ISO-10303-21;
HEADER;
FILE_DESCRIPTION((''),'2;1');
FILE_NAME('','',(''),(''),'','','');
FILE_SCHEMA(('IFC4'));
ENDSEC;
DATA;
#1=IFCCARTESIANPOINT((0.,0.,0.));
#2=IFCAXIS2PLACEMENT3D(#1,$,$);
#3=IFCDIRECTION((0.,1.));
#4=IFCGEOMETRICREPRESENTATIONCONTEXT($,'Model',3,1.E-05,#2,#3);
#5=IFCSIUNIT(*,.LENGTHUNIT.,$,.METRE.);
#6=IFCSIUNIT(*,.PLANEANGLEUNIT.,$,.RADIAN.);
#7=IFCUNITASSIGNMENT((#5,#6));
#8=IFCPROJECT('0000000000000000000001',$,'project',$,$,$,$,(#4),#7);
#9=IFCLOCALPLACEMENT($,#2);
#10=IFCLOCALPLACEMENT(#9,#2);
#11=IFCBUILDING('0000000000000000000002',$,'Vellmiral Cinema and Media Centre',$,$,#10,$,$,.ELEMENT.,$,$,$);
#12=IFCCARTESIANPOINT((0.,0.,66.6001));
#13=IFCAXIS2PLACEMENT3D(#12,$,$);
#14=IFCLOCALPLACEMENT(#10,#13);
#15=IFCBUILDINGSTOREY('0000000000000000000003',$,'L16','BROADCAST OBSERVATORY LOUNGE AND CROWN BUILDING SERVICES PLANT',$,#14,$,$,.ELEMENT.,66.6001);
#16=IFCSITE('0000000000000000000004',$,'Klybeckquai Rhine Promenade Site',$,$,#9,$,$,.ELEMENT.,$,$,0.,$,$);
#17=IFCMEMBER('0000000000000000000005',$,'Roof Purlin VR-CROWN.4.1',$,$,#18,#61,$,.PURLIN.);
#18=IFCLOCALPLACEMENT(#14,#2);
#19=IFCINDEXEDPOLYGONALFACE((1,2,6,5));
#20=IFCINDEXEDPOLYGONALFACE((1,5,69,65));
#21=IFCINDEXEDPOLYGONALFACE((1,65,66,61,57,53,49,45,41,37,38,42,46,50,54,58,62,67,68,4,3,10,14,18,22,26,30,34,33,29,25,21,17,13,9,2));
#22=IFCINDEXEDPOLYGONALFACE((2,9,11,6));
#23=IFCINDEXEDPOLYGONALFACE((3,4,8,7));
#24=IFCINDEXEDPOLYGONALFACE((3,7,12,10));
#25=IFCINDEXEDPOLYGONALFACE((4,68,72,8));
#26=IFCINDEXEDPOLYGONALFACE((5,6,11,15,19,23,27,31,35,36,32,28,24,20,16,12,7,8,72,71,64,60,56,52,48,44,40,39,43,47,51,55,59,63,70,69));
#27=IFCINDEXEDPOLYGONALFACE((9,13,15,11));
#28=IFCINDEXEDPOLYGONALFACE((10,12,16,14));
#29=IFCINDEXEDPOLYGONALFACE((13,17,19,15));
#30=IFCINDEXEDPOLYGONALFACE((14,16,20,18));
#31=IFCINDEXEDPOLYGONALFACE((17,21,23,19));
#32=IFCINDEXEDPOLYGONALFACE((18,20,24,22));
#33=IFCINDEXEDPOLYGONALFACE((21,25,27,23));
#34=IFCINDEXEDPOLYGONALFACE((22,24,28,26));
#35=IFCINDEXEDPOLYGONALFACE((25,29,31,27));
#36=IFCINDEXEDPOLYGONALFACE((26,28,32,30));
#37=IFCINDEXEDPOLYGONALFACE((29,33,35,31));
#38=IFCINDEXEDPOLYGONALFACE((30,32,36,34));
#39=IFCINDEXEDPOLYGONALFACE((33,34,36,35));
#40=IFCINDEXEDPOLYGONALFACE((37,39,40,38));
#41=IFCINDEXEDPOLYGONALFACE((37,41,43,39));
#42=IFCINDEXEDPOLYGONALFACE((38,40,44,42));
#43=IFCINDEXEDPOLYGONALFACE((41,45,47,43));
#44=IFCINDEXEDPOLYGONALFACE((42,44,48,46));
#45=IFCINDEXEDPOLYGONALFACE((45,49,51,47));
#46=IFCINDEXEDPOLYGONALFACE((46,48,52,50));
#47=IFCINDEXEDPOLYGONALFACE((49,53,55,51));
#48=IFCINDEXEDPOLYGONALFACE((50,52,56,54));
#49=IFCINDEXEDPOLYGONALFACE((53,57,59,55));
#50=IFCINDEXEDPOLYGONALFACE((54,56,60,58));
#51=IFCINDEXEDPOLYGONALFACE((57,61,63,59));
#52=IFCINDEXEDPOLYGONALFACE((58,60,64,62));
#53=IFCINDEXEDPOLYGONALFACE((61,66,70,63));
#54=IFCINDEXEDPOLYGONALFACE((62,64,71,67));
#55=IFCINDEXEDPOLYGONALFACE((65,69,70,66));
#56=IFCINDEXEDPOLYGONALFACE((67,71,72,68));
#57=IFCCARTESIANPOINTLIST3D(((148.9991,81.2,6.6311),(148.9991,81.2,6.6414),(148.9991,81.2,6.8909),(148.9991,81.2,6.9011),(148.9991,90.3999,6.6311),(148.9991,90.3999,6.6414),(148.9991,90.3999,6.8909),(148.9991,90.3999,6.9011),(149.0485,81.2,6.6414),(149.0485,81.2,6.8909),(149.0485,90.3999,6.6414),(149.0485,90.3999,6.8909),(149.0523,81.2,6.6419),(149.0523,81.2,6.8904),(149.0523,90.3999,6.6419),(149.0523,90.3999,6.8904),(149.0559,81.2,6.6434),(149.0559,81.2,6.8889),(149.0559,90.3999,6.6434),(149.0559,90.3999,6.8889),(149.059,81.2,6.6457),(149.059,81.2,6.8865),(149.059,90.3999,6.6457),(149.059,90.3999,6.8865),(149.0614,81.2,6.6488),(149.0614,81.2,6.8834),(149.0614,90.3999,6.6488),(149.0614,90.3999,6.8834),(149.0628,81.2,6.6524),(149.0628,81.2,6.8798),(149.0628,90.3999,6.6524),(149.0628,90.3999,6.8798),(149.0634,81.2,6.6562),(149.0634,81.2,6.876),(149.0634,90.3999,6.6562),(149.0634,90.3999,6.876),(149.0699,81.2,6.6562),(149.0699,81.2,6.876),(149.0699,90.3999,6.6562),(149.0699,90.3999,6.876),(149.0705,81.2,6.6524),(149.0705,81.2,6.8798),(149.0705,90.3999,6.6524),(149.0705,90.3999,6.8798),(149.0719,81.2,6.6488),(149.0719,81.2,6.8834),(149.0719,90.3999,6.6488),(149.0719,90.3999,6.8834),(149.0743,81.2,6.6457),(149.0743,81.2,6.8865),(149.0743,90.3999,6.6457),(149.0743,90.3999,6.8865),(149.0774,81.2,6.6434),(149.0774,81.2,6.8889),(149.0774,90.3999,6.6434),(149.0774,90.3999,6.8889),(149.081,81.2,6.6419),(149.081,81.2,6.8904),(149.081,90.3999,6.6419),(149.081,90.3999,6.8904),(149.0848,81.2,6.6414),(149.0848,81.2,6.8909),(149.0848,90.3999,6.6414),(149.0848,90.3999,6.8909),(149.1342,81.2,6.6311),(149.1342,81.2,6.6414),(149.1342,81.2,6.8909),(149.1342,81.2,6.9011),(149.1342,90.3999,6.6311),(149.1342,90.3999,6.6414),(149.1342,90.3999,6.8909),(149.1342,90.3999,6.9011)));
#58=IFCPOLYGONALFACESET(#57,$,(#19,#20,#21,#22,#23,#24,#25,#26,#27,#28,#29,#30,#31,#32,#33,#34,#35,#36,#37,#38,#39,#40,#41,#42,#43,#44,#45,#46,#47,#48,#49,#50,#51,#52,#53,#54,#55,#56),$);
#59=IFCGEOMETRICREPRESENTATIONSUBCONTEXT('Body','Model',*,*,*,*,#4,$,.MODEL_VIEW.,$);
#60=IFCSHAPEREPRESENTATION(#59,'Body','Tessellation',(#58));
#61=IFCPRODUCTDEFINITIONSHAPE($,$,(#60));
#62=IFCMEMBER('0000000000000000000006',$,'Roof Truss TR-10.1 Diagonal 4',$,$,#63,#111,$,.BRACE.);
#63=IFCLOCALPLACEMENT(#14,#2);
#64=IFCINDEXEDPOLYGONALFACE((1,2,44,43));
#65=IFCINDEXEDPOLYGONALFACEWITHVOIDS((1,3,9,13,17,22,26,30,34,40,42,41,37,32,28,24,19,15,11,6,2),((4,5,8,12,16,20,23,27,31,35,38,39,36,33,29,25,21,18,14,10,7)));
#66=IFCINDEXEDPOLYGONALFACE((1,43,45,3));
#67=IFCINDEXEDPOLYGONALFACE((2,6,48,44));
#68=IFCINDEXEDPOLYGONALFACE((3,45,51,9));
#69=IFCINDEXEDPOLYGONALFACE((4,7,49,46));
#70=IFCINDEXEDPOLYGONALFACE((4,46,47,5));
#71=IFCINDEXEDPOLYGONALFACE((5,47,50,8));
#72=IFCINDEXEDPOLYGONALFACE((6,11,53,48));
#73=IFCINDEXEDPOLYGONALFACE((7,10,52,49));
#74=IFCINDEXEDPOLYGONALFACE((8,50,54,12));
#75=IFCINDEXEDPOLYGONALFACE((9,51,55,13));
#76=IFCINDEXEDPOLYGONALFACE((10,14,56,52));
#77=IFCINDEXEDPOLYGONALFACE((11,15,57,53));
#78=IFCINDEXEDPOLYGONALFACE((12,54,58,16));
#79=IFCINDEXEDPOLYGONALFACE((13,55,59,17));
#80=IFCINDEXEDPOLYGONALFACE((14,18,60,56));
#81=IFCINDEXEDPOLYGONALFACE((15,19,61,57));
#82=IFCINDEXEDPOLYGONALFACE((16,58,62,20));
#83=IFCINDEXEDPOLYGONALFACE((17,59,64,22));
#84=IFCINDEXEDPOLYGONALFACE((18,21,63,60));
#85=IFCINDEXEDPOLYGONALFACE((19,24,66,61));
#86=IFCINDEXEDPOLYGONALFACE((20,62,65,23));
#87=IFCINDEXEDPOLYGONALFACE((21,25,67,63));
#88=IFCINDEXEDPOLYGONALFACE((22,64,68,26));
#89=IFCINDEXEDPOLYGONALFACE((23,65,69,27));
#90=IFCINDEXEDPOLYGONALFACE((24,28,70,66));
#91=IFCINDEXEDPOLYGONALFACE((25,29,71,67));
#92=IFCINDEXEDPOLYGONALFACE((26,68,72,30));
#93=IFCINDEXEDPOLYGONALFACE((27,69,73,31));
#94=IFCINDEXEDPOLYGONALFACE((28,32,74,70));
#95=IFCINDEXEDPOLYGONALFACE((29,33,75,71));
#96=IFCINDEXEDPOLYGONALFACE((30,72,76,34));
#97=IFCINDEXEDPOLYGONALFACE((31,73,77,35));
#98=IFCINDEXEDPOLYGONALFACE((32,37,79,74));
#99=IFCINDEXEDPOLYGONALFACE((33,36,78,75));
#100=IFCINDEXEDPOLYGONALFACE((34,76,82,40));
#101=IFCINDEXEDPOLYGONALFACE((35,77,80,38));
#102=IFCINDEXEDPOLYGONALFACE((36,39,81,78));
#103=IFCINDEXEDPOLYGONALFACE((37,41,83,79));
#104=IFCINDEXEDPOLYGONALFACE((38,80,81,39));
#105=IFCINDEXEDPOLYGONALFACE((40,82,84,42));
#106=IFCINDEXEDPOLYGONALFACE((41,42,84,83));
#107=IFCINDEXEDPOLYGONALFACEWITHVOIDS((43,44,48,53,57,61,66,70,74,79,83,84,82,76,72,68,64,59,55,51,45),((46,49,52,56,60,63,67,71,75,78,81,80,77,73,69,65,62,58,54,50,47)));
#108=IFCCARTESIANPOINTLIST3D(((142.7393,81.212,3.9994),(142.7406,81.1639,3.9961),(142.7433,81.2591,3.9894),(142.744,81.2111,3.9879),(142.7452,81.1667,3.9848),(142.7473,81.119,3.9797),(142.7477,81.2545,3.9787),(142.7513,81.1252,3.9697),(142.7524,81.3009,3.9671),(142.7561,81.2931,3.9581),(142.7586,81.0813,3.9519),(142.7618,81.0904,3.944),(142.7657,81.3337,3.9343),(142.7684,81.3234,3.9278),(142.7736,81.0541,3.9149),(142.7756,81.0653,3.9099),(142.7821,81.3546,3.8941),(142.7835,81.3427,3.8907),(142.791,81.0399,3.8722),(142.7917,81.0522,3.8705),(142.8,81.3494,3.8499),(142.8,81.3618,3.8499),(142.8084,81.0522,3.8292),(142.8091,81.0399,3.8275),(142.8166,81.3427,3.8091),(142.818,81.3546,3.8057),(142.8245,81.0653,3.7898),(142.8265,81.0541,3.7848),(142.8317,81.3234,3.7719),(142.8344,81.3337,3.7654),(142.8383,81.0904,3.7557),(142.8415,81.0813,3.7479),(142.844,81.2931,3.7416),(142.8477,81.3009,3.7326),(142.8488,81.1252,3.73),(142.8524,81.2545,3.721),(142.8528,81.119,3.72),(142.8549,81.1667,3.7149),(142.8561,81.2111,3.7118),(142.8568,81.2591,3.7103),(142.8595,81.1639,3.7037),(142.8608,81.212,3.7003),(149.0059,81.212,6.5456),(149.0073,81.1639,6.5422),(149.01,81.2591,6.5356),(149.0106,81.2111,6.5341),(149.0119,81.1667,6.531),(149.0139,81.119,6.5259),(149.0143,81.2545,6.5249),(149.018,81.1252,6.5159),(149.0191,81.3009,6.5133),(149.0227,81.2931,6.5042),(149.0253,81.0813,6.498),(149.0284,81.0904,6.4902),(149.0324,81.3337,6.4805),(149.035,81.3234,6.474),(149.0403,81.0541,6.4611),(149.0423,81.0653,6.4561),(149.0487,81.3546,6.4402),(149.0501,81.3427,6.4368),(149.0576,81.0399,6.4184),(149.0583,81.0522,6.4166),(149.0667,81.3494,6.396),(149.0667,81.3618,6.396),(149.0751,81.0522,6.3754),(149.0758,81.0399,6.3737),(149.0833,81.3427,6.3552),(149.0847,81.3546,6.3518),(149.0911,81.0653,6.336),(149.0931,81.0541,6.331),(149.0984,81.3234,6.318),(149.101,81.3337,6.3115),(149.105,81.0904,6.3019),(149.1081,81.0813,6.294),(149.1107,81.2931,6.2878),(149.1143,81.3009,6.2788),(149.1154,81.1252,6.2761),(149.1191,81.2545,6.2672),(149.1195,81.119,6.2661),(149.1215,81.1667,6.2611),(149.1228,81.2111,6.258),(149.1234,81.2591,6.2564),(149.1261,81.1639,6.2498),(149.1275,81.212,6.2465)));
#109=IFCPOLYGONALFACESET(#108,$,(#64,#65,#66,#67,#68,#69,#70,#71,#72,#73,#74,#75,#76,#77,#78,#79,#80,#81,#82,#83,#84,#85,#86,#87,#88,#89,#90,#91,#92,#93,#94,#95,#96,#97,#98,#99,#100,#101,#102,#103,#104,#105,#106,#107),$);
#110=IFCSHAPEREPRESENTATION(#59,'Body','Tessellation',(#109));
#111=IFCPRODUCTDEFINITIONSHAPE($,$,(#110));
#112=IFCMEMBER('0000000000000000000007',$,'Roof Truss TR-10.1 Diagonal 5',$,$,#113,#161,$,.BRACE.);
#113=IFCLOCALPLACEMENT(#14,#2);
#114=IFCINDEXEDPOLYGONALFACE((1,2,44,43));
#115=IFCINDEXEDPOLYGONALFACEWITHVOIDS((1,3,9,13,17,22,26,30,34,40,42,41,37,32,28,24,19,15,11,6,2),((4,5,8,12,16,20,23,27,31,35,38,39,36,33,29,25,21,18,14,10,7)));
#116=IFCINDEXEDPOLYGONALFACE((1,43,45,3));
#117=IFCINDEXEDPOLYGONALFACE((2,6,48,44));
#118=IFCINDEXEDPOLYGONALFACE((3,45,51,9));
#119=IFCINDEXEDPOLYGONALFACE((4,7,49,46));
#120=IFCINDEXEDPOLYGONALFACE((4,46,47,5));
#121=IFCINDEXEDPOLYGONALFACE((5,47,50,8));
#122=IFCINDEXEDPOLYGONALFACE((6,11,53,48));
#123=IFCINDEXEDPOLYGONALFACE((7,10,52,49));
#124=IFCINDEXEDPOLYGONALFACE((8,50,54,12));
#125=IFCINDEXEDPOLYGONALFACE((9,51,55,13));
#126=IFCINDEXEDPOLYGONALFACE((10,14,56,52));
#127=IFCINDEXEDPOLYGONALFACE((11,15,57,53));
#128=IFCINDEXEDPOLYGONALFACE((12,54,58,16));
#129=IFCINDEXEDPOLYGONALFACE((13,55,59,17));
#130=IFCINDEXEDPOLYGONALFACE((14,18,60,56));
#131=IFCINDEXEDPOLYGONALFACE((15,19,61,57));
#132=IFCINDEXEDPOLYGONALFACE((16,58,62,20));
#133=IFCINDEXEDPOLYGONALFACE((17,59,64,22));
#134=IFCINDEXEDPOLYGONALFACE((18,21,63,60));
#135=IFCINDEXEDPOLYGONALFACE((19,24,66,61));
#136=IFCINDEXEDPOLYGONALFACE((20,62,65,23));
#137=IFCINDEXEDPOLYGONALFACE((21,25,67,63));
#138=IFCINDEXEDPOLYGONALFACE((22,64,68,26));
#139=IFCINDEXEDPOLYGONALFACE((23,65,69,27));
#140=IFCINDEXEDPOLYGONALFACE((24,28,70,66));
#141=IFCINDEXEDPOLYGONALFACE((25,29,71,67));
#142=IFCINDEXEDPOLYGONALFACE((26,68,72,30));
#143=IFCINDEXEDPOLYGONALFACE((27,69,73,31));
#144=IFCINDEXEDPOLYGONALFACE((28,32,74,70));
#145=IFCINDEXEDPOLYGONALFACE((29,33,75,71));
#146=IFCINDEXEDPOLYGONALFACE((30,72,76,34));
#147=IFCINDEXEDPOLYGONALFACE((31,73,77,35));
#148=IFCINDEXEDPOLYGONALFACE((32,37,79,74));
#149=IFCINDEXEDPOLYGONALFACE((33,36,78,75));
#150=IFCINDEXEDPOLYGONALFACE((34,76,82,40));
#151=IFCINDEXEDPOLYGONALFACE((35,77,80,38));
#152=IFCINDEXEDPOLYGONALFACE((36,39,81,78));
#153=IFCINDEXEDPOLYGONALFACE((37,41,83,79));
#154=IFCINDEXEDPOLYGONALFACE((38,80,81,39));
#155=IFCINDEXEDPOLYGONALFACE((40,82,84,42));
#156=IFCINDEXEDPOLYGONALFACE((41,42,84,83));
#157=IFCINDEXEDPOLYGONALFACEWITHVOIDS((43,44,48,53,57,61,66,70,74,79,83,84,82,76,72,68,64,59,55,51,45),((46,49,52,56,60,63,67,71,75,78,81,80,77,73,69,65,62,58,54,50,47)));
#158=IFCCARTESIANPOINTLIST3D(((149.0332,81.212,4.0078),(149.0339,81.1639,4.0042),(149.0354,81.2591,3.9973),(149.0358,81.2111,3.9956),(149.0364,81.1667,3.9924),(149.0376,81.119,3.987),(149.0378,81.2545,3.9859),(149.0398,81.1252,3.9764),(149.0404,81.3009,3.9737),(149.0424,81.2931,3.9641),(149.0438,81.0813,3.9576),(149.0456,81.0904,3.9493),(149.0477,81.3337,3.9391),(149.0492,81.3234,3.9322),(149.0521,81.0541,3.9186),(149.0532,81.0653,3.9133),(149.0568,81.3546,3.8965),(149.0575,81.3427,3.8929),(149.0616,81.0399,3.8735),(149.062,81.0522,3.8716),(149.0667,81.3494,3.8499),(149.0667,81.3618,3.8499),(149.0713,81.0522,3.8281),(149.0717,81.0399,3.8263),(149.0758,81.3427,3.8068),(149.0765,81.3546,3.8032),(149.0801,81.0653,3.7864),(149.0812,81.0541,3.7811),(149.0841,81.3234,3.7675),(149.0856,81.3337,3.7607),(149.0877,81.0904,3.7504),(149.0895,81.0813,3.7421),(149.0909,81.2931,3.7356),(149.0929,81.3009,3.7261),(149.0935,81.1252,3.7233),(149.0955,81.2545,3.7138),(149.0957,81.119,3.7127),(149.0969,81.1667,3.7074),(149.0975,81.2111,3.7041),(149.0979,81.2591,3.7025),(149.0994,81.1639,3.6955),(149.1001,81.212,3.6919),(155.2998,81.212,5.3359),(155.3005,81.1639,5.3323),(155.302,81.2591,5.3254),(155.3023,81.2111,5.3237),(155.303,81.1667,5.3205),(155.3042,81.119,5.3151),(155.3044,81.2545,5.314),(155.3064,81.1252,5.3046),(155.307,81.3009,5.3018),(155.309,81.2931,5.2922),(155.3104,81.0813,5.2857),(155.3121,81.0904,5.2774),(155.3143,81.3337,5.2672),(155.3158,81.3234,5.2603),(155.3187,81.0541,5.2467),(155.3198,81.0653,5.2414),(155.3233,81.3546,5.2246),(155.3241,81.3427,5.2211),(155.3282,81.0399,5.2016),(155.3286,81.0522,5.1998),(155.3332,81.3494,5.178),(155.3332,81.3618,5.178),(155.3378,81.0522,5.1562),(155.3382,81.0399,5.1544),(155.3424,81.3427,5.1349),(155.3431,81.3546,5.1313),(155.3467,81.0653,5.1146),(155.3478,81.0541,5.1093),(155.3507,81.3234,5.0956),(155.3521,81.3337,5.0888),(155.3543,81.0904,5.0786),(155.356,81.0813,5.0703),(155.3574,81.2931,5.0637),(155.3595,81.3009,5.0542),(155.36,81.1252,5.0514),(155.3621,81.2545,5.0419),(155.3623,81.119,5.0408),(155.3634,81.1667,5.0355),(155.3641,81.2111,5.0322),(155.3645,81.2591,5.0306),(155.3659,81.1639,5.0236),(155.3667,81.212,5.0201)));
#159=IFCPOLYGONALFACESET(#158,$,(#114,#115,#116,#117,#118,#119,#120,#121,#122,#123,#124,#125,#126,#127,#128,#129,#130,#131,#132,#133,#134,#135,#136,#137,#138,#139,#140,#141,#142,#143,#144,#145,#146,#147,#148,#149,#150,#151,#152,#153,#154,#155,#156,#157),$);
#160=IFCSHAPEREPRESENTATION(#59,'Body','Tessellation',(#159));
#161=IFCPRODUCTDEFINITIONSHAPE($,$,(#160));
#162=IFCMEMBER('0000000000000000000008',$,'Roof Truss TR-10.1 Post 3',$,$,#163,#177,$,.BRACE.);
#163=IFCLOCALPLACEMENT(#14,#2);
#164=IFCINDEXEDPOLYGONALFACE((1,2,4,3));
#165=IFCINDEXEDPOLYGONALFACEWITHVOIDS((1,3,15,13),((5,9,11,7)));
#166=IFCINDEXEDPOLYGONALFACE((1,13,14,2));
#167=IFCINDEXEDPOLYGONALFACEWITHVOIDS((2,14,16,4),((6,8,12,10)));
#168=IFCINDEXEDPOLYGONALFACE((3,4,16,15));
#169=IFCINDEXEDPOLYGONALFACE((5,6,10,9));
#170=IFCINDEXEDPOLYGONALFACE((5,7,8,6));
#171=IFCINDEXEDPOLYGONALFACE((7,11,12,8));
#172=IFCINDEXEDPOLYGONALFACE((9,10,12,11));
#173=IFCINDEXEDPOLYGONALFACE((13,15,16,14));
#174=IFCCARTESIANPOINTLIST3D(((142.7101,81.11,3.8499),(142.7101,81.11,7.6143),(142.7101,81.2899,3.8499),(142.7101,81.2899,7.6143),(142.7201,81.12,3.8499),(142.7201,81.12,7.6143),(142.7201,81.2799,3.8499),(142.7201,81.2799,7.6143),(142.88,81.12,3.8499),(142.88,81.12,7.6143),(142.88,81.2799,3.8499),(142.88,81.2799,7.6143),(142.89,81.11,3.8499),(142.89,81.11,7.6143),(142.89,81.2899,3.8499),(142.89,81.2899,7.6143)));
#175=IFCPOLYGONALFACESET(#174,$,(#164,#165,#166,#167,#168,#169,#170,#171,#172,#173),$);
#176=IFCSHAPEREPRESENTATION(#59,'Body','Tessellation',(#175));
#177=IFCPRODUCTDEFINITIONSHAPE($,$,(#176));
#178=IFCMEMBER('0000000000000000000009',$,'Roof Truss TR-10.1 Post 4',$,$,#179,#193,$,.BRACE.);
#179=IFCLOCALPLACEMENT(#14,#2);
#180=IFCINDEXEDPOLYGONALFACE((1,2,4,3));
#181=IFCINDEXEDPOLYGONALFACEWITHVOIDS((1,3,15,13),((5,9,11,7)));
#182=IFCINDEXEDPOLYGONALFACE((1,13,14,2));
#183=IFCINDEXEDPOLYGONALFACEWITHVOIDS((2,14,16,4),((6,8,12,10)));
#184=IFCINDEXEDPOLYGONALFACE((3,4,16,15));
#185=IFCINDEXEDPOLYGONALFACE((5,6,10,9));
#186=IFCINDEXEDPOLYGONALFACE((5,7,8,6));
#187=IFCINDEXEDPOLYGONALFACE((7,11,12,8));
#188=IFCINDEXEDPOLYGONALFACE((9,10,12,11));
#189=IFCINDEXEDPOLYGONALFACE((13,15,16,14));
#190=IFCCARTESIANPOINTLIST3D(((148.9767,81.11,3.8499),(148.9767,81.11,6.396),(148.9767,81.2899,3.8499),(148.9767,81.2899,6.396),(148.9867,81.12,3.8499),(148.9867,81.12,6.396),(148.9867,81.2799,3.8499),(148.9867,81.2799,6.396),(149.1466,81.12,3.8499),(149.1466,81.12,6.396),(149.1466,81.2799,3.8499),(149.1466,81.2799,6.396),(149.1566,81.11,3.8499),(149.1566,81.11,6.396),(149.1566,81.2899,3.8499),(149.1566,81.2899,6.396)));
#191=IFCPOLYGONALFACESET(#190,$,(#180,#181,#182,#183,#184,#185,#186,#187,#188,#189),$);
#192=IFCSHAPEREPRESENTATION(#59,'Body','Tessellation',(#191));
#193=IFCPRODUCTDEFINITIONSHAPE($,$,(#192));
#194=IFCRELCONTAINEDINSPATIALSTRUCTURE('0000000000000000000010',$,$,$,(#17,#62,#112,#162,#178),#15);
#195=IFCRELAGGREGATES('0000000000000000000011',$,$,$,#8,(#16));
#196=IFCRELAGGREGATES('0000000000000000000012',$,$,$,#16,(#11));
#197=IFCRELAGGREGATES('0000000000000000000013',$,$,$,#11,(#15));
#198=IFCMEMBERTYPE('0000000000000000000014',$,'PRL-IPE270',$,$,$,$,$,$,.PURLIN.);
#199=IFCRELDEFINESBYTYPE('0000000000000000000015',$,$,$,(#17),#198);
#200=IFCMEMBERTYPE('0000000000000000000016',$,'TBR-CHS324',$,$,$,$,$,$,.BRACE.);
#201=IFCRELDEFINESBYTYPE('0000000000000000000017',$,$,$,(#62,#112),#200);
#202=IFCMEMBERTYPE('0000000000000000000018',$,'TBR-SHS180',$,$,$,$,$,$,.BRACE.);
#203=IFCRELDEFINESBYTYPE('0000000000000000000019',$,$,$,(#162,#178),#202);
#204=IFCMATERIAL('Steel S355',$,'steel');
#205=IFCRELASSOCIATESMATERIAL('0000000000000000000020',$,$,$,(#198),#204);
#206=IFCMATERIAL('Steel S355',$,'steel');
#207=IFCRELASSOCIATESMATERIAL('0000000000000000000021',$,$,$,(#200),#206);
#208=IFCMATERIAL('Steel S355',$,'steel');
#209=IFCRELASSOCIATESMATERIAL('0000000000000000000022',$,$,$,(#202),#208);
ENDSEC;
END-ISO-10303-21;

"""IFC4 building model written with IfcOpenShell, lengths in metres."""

from ifc_helpers import new_model, si_unit, direction, frame, origin, origin_2d, place, context, subcontext, project, spatial, hollow_rectangle, hollow_circle, i_section, extrude, material, material_profile, profile_set, type_object, element, save


model = new_model("IFC4")

# Units and contexts
model_context = context("Model", 3, precision=1e-05, world=origin(), true_north=direction((0.0, 1.0)))
body_context = subcontext(model_context, "Body", "Model", "MODEL_VIEW")
ifc_project = project(units=[si_unit("LENGTHUNIT", "METRE"), si_unit("PLANEANGLEUNIT", "RADIAN")], contexts=[model_context])

# Site, building, storey
site_placement = place(None, origin())
site = spatial("IfcSite", under=ifc_project, at=site_placement, Name="Klybeckquai Rhine Promenade Site", CompositionType="ELEMENT", RefElevation=0.0)
building_placement = place(site_placement, origin())
building = spatial("IfcBuilding", under=site, at=building_placement, Name="Vellmiral Cinema and Media Centre", CompositionType="ELEMENT")
storey_placement = place(building_placement, frame((0.0, 0.0, 66.6001)))
storey = spatial("IfcBuildingStorey", under=building, at=storey_placement, Name="L16", Description="BROADCAST OBSERVATORY LOUNGE AND CROWN BUILDING SERVICES PLANT", CompositionType="ELEMENT", Elevation=66.6001)

# Members
ifc_material_1 = material(Name="Steel S355", Category="steel")
ifc_material_profile_1 = material_profile(ifc_material_1, i_section(OverallWidth=0.135, OverallDepth=0.27, WebThickness=0.0066, FlangeThickness=0.0103, FilletRadius=0.0149, at=origin_2d()), Name="IPE 270")
ifc_profile_set_1 = profile_set([ifc_material_profile_1], Name="Steel S355")
member_type_1 = type_object("IfcMemberType", Name="PRL-IPE270", PredefinedType="PURLIN", material=ifc_profile_set_1)
for number, where, z_axis, x_axis, name in (
    (1, (149.0667, 81.2, 6.7661), (0.0, 1.0, 0.0), (-1.0, 0.0, 0.0), "Roof Purlin VR-CROWN.4.1"),
):
    element("IfcMember", number, at=place(storey_placement, frame(where, z_axis=z_axis, x_axis=x_axis)), inside=storey, type_object=member_type_1, Name=name, PredefinedType="PURLIN", context=body_context, shape_type="SweptSolid", body=[
        extrude(i_section(OverallWidth=0.135, OverallDepth=0.27, WebThickness=0.0066, FlangeThickness=0.0103, FilletRadius=0.0149, at=origin_2d()), origin(), (0.0, 0.0, 1.0), 9.2),
    ])
ifc_material_2 = material(Name="Steel S355", Category="steel")
ifc_material_profile_2 = material_profile(ifc_material_2, hollow_circle(Radius=0.1619, WallThickness=0.0125, at=origin_2d()), Name="CHS 323.9x12.5")
ifc_profile_set_2 = profile_set([ifc_material_profile_2], Name="Steel S355")
member_type_2 = type_object("IfcMemberType", Name="TBR-CHS324", PredefinedType="BRACE", material=ifc_profile_set_2)
member_1_placement = place(storey_placement, frame((142.8, 81.2, 3.8499), z_axis=(0.926449, 0.0, 0.37642), x_axis=(0.0, 1.0, 0.0)))
element("IfcMember", 2, at=member_1_placement, inside=storey, type_object=member_type_2, Name="Roof Truss TR-10.1 Diagonal 4", PredefinedType="BRACE", context=body_context, shape_type="SweptSolid", body=[
    extrude(hollow_circle(Radius=0.1619, WallThickness=0.0125, at=origin_2d()), origin(), (0.0, 0.0, 1.0), 6.7642),
])
member_2_placement = place(storey_placement, frame((149.0667, 81.2, 3.8499), z_axis=(0.978271, 0.0, 0.207332), x_axis=(0.0, 1.0, 0.0)))
element("IfcMember", 3, at=member_2_placement, inside=storey, type_object=member_type_2, Name="Roof Truss TR-10.1 Diagonal 5", PredefinedType="BRACE", context=body_context, shape_type="SweptSolid", body=[
    extrude(hollow_circle(Radius=0.1619, WallThickness=0.0125, at=origin_2d()), origin(), (0.0, 0.0, 1.0), 6.4058),
])
ifc_material_3 = material(Name="Steel S355", Category="steel")
ifc_material_profile_3 = material_profile(ifc_material_3, hollow_rectangle(XDim=0.1799, YDim=0.1799, WallThickness=0.01, at=origin_2d()), Name="SHS 180x180x10.0")
ifc_profile_set_3 = profile_set([ifc_material_profile_3], Name="Steel S355")
member_type_3 = type_object("IfcMemberType", Name="TBR-SHS180", PredefinedType="BRACE", material=ifc_profile_set_3)
member_3_placement = place(storey_placement, frame((142.8, 81.2, 3.8499), z_axis=(0.0, 0.0, 1.0), x_axis=(1.0, 0.0, 0.0)))
element("IfcMember", 4, at=member_3_placement, inside=storey, type_object=member_type_3, Name="Roof Truss TR-10.1 Post 3", PredefinedType="BRACE", context=body_context, shape_type="SweptSolid", body=[
    extrude(hollow_rectangle(XDim=0.1799, YDim=0.1799, WallThickness=0.01, at=origin_2d()), origin(), (0.0, 0.0, 1.0), 3.7644),
])
member_4_placement = place(storey_placement, frame((149.0667, 81.2, 3.8499), z_axis=(0.0, 0.0, 1.0), x_axis=(1.0, 0.0, 0.0)))
element("IfcMember", 5, at=member_4_placement, inside=storey, type_object=member_type_3, Name="Roof Truss TR-10.1 Post 4", PredefinedType="BRACE", context=body_context, shape_type="SweptSolid", body=[
    extrude(hollow_rectangle(XDim=0.1799, YDim=0.1799, WallThickness=0.01, at=origin_2d()), origin(), (0.0, 0.0, 1.0), 2.5461),
])

save(model, "model.ifc")
